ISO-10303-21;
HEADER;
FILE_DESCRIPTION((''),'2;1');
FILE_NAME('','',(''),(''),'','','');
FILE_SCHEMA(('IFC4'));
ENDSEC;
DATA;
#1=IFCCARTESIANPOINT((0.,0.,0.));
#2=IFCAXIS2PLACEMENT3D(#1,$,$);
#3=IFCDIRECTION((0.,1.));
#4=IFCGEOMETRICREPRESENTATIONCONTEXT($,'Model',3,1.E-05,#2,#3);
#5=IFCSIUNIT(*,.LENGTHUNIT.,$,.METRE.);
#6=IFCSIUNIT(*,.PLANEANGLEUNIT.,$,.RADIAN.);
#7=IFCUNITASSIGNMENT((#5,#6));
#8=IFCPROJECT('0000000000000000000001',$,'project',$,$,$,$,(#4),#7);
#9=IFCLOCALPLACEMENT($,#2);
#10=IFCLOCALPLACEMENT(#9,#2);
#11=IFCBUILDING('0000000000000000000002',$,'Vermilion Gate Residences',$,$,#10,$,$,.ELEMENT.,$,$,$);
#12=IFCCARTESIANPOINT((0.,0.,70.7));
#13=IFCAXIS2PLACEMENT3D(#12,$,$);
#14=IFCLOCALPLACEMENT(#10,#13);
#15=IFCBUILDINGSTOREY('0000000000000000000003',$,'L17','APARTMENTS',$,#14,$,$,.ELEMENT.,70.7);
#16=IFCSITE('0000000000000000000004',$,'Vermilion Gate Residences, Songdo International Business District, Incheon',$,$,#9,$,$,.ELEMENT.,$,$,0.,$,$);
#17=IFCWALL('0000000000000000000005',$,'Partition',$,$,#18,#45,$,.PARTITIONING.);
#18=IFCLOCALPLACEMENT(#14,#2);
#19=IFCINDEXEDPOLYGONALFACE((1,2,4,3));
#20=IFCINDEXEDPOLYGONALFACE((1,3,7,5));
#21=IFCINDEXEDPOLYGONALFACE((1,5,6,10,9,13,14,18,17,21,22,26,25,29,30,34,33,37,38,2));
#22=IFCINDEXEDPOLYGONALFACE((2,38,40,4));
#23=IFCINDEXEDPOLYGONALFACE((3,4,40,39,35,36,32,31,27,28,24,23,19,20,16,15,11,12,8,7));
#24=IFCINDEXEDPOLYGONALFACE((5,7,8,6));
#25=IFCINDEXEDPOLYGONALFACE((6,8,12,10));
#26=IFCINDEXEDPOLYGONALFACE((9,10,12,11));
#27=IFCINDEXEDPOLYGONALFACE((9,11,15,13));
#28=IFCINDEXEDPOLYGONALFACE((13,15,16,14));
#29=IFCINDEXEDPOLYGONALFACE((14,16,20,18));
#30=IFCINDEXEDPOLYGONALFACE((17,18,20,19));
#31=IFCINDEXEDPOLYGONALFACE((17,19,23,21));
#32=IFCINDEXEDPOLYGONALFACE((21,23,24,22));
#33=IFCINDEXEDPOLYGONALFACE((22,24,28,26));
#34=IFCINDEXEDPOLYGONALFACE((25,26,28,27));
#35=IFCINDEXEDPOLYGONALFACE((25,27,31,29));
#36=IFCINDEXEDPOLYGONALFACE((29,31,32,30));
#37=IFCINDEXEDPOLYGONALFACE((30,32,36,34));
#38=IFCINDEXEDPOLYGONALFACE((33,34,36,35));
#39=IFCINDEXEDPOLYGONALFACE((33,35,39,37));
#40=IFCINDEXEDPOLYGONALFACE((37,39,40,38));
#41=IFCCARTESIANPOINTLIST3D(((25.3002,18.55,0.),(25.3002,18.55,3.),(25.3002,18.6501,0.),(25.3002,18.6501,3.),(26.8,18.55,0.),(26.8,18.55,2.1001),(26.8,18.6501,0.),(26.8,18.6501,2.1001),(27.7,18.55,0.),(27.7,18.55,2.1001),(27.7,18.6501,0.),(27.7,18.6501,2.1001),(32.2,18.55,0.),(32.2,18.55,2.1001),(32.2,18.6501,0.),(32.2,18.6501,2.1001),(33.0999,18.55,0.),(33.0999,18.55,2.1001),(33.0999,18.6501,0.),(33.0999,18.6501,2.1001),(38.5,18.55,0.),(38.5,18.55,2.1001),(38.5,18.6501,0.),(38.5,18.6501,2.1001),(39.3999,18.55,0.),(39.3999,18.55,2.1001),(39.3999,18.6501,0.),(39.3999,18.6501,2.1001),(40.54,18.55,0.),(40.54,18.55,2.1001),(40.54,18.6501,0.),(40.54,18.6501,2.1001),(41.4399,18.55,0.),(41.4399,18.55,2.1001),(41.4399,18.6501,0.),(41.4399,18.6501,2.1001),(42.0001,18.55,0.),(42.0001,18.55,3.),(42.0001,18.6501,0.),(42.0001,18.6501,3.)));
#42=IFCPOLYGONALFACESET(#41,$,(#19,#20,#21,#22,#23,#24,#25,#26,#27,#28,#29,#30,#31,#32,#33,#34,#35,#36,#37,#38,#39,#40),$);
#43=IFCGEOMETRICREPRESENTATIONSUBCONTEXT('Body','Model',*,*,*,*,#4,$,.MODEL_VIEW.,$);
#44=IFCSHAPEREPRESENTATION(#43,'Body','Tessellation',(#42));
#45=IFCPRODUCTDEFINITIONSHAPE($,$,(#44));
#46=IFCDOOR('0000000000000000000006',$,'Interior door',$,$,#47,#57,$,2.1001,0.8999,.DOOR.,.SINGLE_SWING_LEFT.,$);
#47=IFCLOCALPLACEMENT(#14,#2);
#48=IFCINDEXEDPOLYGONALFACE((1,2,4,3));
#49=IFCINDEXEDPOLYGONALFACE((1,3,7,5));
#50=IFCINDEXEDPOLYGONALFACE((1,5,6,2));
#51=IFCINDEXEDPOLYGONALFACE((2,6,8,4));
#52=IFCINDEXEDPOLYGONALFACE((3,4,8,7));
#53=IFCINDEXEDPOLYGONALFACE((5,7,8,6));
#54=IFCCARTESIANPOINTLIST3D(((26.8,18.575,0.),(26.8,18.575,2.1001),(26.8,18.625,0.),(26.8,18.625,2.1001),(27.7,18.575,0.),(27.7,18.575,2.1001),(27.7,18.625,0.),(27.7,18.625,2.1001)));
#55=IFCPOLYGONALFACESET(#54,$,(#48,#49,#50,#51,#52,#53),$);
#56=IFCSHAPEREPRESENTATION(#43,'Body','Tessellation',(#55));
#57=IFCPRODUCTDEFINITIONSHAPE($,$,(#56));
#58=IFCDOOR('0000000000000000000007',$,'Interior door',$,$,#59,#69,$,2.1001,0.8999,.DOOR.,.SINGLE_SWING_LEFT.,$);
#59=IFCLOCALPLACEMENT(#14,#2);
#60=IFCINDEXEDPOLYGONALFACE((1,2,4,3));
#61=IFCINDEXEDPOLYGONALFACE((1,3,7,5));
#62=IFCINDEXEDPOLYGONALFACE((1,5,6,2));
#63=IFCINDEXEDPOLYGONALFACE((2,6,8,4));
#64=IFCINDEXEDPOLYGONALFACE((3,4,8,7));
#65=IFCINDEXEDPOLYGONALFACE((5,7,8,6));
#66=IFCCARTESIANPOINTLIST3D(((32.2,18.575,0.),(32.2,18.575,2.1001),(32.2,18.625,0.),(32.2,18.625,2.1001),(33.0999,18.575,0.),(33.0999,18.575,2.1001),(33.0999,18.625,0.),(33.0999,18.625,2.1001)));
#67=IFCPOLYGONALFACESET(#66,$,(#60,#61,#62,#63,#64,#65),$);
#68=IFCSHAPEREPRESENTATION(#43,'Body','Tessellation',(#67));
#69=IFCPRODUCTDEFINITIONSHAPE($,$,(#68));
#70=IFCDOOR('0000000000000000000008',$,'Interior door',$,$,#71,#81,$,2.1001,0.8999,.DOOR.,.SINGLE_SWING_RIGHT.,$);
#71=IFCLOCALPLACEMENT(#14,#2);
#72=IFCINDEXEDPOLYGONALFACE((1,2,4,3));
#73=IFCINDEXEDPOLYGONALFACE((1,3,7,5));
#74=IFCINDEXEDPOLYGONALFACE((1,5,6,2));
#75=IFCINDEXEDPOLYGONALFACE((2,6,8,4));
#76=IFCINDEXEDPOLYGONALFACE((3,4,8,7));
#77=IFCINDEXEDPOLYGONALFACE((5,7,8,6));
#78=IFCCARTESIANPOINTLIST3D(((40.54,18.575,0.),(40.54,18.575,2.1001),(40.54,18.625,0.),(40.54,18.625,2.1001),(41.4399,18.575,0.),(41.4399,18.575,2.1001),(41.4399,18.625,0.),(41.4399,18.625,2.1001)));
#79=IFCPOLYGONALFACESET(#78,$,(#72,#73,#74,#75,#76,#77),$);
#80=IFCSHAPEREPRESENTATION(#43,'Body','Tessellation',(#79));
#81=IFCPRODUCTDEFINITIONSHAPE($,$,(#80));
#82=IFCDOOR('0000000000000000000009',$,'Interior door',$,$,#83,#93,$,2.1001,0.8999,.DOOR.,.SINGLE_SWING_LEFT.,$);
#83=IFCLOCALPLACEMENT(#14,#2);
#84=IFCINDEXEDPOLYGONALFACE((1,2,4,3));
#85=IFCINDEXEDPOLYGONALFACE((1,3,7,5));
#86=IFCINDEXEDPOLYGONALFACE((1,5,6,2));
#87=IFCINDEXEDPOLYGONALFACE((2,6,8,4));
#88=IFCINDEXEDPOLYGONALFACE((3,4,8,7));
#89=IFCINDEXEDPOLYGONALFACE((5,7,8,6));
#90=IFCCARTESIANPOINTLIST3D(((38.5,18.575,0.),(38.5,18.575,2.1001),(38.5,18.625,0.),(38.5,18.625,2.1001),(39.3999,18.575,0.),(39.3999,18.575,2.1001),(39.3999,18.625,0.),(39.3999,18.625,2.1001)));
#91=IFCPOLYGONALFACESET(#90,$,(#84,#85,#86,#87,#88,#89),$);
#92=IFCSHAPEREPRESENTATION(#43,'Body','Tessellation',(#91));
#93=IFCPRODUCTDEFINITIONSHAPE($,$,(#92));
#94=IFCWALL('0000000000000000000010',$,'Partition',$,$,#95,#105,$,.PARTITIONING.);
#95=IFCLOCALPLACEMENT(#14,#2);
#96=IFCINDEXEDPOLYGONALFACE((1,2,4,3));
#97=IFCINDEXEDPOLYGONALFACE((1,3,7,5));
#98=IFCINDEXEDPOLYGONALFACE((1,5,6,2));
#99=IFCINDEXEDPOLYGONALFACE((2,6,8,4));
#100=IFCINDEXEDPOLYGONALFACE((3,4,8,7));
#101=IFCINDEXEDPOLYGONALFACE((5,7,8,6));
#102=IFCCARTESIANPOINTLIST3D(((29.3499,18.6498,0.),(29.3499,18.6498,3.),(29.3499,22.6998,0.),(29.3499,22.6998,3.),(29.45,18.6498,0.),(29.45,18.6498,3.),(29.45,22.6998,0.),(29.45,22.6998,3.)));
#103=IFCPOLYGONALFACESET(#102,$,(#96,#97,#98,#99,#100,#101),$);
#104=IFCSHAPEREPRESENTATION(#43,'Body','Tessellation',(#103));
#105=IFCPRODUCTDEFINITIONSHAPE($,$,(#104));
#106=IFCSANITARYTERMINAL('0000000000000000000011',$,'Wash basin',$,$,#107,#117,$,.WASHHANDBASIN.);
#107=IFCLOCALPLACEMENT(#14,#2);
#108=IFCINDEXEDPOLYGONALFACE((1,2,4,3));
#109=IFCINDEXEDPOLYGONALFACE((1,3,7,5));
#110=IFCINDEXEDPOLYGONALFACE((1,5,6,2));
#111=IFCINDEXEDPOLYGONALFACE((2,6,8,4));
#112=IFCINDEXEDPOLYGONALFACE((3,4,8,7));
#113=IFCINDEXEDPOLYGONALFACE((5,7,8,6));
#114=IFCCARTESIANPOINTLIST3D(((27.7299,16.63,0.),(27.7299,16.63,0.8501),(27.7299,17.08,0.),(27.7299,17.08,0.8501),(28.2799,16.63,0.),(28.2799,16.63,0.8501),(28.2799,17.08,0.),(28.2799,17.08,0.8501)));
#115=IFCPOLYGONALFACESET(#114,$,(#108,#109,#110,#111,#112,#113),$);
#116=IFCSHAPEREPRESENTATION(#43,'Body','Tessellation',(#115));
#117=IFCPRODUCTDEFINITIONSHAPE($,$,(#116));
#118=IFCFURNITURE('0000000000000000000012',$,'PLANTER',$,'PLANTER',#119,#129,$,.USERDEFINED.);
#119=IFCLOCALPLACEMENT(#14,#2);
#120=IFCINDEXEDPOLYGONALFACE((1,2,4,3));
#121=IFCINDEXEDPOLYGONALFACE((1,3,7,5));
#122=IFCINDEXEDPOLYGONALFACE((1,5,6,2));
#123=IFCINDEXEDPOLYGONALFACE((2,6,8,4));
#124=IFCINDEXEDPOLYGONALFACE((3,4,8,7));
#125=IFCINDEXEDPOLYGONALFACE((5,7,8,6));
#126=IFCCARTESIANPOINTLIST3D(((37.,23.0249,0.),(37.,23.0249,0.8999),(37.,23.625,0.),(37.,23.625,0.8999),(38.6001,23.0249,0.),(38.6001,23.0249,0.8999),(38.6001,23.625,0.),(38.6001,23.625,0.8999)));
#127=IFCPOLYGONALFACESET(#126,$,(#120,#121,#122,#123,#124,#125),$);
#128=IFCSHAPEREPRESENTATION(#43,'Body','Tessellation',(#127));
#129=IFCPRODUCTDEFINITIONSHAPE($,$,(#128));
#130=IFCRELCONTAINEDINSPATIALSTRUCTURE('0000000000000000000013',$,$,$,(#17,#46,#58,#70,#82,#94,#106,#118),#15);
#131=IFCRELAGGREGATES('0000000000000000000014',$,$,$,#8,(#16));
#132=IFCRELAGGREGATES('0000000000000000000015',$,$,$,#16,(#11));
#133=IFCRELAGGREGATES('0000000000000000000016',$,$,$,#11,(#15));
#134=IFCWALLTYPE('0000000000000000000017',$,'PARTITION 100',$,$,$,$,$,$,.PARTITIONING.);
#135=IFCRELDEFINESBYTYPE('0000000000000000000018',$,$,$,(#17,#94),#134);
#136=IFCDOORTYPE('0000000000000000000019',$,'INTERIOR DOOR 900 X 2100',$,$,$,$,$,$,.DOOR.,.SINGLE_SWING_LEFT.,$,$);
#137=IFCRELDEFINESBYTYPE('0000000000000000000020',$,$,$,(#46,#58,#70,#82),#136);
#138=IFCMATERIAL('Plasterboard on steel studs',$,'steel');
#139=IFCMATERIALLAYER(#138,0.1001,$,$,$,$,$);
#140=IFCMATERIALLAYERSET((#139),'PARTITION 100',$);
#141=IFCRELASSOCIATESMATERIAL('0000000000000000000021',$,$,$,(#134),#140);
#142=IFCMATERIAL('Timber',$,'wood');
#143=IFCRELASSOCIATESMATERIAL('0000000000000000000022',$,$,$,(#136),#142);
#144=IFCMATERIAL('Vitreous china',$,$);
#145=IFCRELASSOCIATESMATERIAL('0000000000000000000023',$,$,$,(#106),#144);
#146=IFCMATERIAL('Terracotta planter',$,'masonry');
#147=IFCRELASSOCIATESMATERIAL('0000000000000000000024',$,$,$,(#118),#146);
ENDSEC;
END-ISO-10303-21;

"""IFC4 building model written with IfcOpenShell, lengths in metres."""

from ifc_helpers import new_model, si_unit, direction, frame, frame_2d, origin, origin_2d, place, context, subcontext, project, spatial, rectangle, extrude, material, layer, layer_set, type_object, element, fill, save


model = new_model("IFC4")

# Units and contexts
model_context = context("Model", 3, precision=1e-05, world=origin(), true_north=direction((0.0, 1.0)))
body_context = subcontext(model_context, "Body", "Model", "MODEL_VIEW")
ifc_project = project(units=[si_unit("LENGTHUNIT", "METRE"), si_unit("PLANEANGLEUNIT", "RADIAN")], contexts=[model_context])

# Site, building, storey
site_placement = place(None, origin())
site = spatial("IfcSite", under=ifc_project, at=site_placement, Name="Vermilion Gate Residences, Songdo International Business District, Incheon", CompositionType="ELEMENT", RefElevation=0.0)
building_placement = place(site_placement, origin())
building = spatial("IfcBuilding", under=site, at=building_placement, Name="Vermilion Gate Residences", CompositionType="ELEMENT")
storey_placement = place(building_placement, frame((0.0, 0.0, 70.7)))
storey = spatial("IfcBuildingStorey", under=building, at=storey_placement, Name="L17", Description="APARTMENTS", CompositionType="ELEMENT", Elevation=70.7)

# Wall, openings, doors
ifc_material_1 = material(Name="Plasterboard on steel studs", Category="steel")
ifc_layer_1 = layer(ifc_material_1, 0.1001)
ifc_layer_set_1 = layer_set([ifc_layer_1], Name="PARTITION 100")
wall_type_1 = type_object("IfcWallType", Name="PARTITION 100", PredefinedType="PARTITIONING", material=ifc_layer_set_1)
ifc_material_2 = material(Name="Timber", Category="wood")
door_type_1 = type_object("IfcDoorType", Name="INTERIOR DOOR 900 X 2100", OperationType="SINGLE_SWING_LEFT", PredefinedType="DOOR", material=ifc_material_2)
wall_1_placement = place(storey_placement, frame((25.3, 18.6001, 0.0), z_axis=(0.0, 0.0, 1.0), x_axis=(1.0, 0.0, 0.0)))
wall_1 = element("IfcWall", 1, at=wall_1_placement, inside=storey, type_object=wall_type_1, Name="Partition", PredefinedType="PARTITIONING", context=body_context, shape_type="SweptSolid", body=[
    extrude(rectangle(XDim=16.7, YDim=0.1001, at=frame_2d((8.3501, 0.0))), origin(), (0.0, 0.0, 1.0), 3.0),
])
opening_1_placement = place(wall_1_placement, frame((1.5, 0.0, 0.0)))
opening_1 = element("IfcOpeningElement", 2, at=opening_1_placement, cuts=wall_1, PredefinedType="OPENING", context=body_context, shape_type="SweptSolid", body=[
    extrude(rectangle(XDim=0.8999, YDim=2.1001, at=frame_2d((0.45, 1.05))), frame((0.0, 0.0601, 0.0), z_axis=(0.0, -1.0, 0.0), x_axis=(1.0, 0.0, 0.0)), (0.0, 0.0, 1.0), 0.1201),
])
opening_2_placement = place(wall_1_placement, frame((6.8999, 0.0, 0.0)))
opening_2 = element("IfcOpeningElement", 3, at=opening_2_placement, cuts=wall_1, PredefinedType="OPENING", context=body_context, shape_type="SweptSolid", body=[
    extrude(rectangle(XDim=0.8999, YDim=2.1001, at=frame_2d((0.45, 1.05))), frame((0.0, 0.0601, 0.0), z_axis=(0.0, -1.0, 0.0), x_axis=(1.0, 0.0, 0.0)), (0.0, 0.0, 1.0), 0.1201),
])
opening_3_placement = place(wall_1_placement, frame((15.24, 0.0, 0.0)))
opening_3 = element("IfcOpeningElement", 4, at=opening_3_placement, cuts=wall_1, PredefinedType="OPENING", context=body_context, shape_type="SweptSolid", body=[
    extrude(rectangle(XDim=0.8999, YDim=2.1001, at=frame_2d((0.45, 1.05))), frame((0.0, 0.0601, 0.0), z_axis=(0.0, -1.0, 0.0), x_axis=(1.0, 0.0, 0.0)), (0.0, 0.0, 1.0), 0.1201),
])
opening_4_placement = place(wall_1_placement, frame((13.2, 0.0, 0.0)))
opening_4 = element("IfcOpeningElement", 5, at=opening_4_placement, cuts=wall_1, PredefinedType="OPENING", context=body_context, shape_type="SweptSolid", body=[
    extrude(rectangle(XDim=0.8999, YDim=2.1001, at=frame_2d((0.45, 1.05))), frame((0.0, 0.0601, 0.0), z_axis=(0.0, -1.0, 0.0), x_axis=(1.0, 0.0, 0.0)), (0.0, 0.0, 1.0), 0.1201),
])
door_1_placement = place(opening_1_placement, origin())
door_1 = element("IfcDoor", 6, at=door_1_placement, inside=storey, type_object=door_type_1, Name="Interior door", OperationType="SINGLE_SWING_LEFT", OverallHeight=2.1001, OverallWidth=0.8999, PredefinedType="DOOR", context=body_context, shape_type="SweptSolid", body=[
    extrude(rectangle(XDim=0.8999, YDim=2.1001, at=frame_2d((0.45, 1.05))), frame((0.0, 0.0249, 0.0), z_axis=(0.0, -1.0, 0.0), x_axis=(1.0, 0.0, 0.0)), (0.0, 0.0, 1.0), 0.05),
])
fill(opening_1, door_1)
door_2_placement = place(opening_2_placement, origin())
door_2 = element("IfcDoor", 7, at=door_2_placement, inside=storey, type_object=door_type_1, Name="Interior door", OperationType="SINGLE_SWING_LEFT", OverallHeight=2.1001, OverallWidth=0.8999, PredefinedType="DOOR", context=body_context, shape_type="SweptSolid", body=[
    extrude(rectangle(XDim=0.8999, YDim=2.1001, at=frame_2d((0.45, 1.05))), frame((0.0, 0.0249, 0.0), z_axis=(0.0, -1.0, 0.0), x_axis=(1.0, 0.0, 0.0)), (0.0, 0.0, 1.0), 0.05),
])
fill(opening_2, door_2)
door_3_placement = place(opening_3_placement, origin())
door_3 = element("IfcDoor", 8, at=door_3_placement, inside=storey, type_object=door_type_1, Name="Interior door", OperationType="SINGLE_SWING_RIGHT", OverallHeight=2.1001, OverallWidth=0.8999, PredefinedType="DOOR", context=body_context, shape_type="SweptSolid", body=[
    extrude(rectangle(XDim=0.8999, YDim=2.1001, at=frame_2d((0.45, 1.05))), frame((0.0, 0.0249, 0.0), z_axis=(0.0, -1.0, 0.0), x_axis=(1.0, 0.0, 0.0)), (0.0, 0.0, 1.0), 0.05),
])
fill(opening_3, door_3)
door_4_placement = place(opening_4_placement, origin())
door_4 = element("IfcDoor", 9, at=door_4_placement, inside=storey, type_object=door_type_1, Name="Interior door", OperationType="SINGLE_SWING_LEFT", OverallHeight=2.1001, OverallWidth=0.8999, PredefinedType="DOOR", context=body_context, shape_type="SweptSolid", body=[
    extrude(rectangle(XDim=0.8999, YDim=2.1001, at=frame_2d((0.45, 1.05))), frame((0.0, 0.0249, 0.0), z_axis=(0.0, -1.0, 0.0), x_axis=(1.0, 0.0, 0.0)), (0.0, 0.0, 1.0), 0.05),
])
fill(opening_4, door_4)

# Wall
wall_2_placement = place(storey_placement, frame((29.3999, 18.6499, 0.0), z_axis=(0.0, 0.0, 1.0), x_axis=(0.0, 1.0, 0.0)))
element("IfcWall", 10, at=wall_2_placement, inside=storey, type_object=wall_type_1, Name="Partition", PredefinedType="PARTITIONING", context=body_context, shape_type="SweptSolid", body=[
    extrude(rectangle(XDim=4.05, YDim=0.1001, at=frame_2d((2.0249, 0.0))), origin(), (0.0, 0.0, 1.0), 3.0),
])

# Sanitary terminal
ifc_material_3 = material(Name="Vitreous china")
sanitary_terminal_placement = place(storey_placement, frame((28.0049, 16.855, 0.0), z_axis=(0.0, 0.0, 1.0), x_axis=(1.0, 0.0, 0.0)))
element("IfcSanitaryTerminal", 11, at=sanitary_terminal_placement, inside=storey, material=ifc_material_3, Name="Wash basin", PredefinedType="WASHHANDBASIN", context=body_context, shape_type="SweptSolid", body=[
    extrude(rectangle(XDim=0.55, YDim=0.45, at=origin_2d()), origin(), (0.0, 0.0, 1.0), 0.8501),
])

# Furniture
ifc_material_4 = material(Name="Terracotta planter", Category="masonry")
furniture_placement = place(storey_placement, frame((37.8, 23.325, 0.0), z_axis=(0.0, 0.0, 1.0), x_axis=(-1.0, 0.0, 0.0)))
element("IfcFurniture", 12, at=furniture_placement, inside=storey, material=ifc_material_4, Name="PLANTER", ObjectType="PLANTER", PredefinedType="USERDEFINED", context=body_context, shape_type="SweptSolid", body=[
    extrude(rectangle(XDim=1.6001, YDim=0.6001, at=origin_2d()), origin(), (0.0, 0.0, 1.0), 0.8999),
])

save(model, "model.ifc")
